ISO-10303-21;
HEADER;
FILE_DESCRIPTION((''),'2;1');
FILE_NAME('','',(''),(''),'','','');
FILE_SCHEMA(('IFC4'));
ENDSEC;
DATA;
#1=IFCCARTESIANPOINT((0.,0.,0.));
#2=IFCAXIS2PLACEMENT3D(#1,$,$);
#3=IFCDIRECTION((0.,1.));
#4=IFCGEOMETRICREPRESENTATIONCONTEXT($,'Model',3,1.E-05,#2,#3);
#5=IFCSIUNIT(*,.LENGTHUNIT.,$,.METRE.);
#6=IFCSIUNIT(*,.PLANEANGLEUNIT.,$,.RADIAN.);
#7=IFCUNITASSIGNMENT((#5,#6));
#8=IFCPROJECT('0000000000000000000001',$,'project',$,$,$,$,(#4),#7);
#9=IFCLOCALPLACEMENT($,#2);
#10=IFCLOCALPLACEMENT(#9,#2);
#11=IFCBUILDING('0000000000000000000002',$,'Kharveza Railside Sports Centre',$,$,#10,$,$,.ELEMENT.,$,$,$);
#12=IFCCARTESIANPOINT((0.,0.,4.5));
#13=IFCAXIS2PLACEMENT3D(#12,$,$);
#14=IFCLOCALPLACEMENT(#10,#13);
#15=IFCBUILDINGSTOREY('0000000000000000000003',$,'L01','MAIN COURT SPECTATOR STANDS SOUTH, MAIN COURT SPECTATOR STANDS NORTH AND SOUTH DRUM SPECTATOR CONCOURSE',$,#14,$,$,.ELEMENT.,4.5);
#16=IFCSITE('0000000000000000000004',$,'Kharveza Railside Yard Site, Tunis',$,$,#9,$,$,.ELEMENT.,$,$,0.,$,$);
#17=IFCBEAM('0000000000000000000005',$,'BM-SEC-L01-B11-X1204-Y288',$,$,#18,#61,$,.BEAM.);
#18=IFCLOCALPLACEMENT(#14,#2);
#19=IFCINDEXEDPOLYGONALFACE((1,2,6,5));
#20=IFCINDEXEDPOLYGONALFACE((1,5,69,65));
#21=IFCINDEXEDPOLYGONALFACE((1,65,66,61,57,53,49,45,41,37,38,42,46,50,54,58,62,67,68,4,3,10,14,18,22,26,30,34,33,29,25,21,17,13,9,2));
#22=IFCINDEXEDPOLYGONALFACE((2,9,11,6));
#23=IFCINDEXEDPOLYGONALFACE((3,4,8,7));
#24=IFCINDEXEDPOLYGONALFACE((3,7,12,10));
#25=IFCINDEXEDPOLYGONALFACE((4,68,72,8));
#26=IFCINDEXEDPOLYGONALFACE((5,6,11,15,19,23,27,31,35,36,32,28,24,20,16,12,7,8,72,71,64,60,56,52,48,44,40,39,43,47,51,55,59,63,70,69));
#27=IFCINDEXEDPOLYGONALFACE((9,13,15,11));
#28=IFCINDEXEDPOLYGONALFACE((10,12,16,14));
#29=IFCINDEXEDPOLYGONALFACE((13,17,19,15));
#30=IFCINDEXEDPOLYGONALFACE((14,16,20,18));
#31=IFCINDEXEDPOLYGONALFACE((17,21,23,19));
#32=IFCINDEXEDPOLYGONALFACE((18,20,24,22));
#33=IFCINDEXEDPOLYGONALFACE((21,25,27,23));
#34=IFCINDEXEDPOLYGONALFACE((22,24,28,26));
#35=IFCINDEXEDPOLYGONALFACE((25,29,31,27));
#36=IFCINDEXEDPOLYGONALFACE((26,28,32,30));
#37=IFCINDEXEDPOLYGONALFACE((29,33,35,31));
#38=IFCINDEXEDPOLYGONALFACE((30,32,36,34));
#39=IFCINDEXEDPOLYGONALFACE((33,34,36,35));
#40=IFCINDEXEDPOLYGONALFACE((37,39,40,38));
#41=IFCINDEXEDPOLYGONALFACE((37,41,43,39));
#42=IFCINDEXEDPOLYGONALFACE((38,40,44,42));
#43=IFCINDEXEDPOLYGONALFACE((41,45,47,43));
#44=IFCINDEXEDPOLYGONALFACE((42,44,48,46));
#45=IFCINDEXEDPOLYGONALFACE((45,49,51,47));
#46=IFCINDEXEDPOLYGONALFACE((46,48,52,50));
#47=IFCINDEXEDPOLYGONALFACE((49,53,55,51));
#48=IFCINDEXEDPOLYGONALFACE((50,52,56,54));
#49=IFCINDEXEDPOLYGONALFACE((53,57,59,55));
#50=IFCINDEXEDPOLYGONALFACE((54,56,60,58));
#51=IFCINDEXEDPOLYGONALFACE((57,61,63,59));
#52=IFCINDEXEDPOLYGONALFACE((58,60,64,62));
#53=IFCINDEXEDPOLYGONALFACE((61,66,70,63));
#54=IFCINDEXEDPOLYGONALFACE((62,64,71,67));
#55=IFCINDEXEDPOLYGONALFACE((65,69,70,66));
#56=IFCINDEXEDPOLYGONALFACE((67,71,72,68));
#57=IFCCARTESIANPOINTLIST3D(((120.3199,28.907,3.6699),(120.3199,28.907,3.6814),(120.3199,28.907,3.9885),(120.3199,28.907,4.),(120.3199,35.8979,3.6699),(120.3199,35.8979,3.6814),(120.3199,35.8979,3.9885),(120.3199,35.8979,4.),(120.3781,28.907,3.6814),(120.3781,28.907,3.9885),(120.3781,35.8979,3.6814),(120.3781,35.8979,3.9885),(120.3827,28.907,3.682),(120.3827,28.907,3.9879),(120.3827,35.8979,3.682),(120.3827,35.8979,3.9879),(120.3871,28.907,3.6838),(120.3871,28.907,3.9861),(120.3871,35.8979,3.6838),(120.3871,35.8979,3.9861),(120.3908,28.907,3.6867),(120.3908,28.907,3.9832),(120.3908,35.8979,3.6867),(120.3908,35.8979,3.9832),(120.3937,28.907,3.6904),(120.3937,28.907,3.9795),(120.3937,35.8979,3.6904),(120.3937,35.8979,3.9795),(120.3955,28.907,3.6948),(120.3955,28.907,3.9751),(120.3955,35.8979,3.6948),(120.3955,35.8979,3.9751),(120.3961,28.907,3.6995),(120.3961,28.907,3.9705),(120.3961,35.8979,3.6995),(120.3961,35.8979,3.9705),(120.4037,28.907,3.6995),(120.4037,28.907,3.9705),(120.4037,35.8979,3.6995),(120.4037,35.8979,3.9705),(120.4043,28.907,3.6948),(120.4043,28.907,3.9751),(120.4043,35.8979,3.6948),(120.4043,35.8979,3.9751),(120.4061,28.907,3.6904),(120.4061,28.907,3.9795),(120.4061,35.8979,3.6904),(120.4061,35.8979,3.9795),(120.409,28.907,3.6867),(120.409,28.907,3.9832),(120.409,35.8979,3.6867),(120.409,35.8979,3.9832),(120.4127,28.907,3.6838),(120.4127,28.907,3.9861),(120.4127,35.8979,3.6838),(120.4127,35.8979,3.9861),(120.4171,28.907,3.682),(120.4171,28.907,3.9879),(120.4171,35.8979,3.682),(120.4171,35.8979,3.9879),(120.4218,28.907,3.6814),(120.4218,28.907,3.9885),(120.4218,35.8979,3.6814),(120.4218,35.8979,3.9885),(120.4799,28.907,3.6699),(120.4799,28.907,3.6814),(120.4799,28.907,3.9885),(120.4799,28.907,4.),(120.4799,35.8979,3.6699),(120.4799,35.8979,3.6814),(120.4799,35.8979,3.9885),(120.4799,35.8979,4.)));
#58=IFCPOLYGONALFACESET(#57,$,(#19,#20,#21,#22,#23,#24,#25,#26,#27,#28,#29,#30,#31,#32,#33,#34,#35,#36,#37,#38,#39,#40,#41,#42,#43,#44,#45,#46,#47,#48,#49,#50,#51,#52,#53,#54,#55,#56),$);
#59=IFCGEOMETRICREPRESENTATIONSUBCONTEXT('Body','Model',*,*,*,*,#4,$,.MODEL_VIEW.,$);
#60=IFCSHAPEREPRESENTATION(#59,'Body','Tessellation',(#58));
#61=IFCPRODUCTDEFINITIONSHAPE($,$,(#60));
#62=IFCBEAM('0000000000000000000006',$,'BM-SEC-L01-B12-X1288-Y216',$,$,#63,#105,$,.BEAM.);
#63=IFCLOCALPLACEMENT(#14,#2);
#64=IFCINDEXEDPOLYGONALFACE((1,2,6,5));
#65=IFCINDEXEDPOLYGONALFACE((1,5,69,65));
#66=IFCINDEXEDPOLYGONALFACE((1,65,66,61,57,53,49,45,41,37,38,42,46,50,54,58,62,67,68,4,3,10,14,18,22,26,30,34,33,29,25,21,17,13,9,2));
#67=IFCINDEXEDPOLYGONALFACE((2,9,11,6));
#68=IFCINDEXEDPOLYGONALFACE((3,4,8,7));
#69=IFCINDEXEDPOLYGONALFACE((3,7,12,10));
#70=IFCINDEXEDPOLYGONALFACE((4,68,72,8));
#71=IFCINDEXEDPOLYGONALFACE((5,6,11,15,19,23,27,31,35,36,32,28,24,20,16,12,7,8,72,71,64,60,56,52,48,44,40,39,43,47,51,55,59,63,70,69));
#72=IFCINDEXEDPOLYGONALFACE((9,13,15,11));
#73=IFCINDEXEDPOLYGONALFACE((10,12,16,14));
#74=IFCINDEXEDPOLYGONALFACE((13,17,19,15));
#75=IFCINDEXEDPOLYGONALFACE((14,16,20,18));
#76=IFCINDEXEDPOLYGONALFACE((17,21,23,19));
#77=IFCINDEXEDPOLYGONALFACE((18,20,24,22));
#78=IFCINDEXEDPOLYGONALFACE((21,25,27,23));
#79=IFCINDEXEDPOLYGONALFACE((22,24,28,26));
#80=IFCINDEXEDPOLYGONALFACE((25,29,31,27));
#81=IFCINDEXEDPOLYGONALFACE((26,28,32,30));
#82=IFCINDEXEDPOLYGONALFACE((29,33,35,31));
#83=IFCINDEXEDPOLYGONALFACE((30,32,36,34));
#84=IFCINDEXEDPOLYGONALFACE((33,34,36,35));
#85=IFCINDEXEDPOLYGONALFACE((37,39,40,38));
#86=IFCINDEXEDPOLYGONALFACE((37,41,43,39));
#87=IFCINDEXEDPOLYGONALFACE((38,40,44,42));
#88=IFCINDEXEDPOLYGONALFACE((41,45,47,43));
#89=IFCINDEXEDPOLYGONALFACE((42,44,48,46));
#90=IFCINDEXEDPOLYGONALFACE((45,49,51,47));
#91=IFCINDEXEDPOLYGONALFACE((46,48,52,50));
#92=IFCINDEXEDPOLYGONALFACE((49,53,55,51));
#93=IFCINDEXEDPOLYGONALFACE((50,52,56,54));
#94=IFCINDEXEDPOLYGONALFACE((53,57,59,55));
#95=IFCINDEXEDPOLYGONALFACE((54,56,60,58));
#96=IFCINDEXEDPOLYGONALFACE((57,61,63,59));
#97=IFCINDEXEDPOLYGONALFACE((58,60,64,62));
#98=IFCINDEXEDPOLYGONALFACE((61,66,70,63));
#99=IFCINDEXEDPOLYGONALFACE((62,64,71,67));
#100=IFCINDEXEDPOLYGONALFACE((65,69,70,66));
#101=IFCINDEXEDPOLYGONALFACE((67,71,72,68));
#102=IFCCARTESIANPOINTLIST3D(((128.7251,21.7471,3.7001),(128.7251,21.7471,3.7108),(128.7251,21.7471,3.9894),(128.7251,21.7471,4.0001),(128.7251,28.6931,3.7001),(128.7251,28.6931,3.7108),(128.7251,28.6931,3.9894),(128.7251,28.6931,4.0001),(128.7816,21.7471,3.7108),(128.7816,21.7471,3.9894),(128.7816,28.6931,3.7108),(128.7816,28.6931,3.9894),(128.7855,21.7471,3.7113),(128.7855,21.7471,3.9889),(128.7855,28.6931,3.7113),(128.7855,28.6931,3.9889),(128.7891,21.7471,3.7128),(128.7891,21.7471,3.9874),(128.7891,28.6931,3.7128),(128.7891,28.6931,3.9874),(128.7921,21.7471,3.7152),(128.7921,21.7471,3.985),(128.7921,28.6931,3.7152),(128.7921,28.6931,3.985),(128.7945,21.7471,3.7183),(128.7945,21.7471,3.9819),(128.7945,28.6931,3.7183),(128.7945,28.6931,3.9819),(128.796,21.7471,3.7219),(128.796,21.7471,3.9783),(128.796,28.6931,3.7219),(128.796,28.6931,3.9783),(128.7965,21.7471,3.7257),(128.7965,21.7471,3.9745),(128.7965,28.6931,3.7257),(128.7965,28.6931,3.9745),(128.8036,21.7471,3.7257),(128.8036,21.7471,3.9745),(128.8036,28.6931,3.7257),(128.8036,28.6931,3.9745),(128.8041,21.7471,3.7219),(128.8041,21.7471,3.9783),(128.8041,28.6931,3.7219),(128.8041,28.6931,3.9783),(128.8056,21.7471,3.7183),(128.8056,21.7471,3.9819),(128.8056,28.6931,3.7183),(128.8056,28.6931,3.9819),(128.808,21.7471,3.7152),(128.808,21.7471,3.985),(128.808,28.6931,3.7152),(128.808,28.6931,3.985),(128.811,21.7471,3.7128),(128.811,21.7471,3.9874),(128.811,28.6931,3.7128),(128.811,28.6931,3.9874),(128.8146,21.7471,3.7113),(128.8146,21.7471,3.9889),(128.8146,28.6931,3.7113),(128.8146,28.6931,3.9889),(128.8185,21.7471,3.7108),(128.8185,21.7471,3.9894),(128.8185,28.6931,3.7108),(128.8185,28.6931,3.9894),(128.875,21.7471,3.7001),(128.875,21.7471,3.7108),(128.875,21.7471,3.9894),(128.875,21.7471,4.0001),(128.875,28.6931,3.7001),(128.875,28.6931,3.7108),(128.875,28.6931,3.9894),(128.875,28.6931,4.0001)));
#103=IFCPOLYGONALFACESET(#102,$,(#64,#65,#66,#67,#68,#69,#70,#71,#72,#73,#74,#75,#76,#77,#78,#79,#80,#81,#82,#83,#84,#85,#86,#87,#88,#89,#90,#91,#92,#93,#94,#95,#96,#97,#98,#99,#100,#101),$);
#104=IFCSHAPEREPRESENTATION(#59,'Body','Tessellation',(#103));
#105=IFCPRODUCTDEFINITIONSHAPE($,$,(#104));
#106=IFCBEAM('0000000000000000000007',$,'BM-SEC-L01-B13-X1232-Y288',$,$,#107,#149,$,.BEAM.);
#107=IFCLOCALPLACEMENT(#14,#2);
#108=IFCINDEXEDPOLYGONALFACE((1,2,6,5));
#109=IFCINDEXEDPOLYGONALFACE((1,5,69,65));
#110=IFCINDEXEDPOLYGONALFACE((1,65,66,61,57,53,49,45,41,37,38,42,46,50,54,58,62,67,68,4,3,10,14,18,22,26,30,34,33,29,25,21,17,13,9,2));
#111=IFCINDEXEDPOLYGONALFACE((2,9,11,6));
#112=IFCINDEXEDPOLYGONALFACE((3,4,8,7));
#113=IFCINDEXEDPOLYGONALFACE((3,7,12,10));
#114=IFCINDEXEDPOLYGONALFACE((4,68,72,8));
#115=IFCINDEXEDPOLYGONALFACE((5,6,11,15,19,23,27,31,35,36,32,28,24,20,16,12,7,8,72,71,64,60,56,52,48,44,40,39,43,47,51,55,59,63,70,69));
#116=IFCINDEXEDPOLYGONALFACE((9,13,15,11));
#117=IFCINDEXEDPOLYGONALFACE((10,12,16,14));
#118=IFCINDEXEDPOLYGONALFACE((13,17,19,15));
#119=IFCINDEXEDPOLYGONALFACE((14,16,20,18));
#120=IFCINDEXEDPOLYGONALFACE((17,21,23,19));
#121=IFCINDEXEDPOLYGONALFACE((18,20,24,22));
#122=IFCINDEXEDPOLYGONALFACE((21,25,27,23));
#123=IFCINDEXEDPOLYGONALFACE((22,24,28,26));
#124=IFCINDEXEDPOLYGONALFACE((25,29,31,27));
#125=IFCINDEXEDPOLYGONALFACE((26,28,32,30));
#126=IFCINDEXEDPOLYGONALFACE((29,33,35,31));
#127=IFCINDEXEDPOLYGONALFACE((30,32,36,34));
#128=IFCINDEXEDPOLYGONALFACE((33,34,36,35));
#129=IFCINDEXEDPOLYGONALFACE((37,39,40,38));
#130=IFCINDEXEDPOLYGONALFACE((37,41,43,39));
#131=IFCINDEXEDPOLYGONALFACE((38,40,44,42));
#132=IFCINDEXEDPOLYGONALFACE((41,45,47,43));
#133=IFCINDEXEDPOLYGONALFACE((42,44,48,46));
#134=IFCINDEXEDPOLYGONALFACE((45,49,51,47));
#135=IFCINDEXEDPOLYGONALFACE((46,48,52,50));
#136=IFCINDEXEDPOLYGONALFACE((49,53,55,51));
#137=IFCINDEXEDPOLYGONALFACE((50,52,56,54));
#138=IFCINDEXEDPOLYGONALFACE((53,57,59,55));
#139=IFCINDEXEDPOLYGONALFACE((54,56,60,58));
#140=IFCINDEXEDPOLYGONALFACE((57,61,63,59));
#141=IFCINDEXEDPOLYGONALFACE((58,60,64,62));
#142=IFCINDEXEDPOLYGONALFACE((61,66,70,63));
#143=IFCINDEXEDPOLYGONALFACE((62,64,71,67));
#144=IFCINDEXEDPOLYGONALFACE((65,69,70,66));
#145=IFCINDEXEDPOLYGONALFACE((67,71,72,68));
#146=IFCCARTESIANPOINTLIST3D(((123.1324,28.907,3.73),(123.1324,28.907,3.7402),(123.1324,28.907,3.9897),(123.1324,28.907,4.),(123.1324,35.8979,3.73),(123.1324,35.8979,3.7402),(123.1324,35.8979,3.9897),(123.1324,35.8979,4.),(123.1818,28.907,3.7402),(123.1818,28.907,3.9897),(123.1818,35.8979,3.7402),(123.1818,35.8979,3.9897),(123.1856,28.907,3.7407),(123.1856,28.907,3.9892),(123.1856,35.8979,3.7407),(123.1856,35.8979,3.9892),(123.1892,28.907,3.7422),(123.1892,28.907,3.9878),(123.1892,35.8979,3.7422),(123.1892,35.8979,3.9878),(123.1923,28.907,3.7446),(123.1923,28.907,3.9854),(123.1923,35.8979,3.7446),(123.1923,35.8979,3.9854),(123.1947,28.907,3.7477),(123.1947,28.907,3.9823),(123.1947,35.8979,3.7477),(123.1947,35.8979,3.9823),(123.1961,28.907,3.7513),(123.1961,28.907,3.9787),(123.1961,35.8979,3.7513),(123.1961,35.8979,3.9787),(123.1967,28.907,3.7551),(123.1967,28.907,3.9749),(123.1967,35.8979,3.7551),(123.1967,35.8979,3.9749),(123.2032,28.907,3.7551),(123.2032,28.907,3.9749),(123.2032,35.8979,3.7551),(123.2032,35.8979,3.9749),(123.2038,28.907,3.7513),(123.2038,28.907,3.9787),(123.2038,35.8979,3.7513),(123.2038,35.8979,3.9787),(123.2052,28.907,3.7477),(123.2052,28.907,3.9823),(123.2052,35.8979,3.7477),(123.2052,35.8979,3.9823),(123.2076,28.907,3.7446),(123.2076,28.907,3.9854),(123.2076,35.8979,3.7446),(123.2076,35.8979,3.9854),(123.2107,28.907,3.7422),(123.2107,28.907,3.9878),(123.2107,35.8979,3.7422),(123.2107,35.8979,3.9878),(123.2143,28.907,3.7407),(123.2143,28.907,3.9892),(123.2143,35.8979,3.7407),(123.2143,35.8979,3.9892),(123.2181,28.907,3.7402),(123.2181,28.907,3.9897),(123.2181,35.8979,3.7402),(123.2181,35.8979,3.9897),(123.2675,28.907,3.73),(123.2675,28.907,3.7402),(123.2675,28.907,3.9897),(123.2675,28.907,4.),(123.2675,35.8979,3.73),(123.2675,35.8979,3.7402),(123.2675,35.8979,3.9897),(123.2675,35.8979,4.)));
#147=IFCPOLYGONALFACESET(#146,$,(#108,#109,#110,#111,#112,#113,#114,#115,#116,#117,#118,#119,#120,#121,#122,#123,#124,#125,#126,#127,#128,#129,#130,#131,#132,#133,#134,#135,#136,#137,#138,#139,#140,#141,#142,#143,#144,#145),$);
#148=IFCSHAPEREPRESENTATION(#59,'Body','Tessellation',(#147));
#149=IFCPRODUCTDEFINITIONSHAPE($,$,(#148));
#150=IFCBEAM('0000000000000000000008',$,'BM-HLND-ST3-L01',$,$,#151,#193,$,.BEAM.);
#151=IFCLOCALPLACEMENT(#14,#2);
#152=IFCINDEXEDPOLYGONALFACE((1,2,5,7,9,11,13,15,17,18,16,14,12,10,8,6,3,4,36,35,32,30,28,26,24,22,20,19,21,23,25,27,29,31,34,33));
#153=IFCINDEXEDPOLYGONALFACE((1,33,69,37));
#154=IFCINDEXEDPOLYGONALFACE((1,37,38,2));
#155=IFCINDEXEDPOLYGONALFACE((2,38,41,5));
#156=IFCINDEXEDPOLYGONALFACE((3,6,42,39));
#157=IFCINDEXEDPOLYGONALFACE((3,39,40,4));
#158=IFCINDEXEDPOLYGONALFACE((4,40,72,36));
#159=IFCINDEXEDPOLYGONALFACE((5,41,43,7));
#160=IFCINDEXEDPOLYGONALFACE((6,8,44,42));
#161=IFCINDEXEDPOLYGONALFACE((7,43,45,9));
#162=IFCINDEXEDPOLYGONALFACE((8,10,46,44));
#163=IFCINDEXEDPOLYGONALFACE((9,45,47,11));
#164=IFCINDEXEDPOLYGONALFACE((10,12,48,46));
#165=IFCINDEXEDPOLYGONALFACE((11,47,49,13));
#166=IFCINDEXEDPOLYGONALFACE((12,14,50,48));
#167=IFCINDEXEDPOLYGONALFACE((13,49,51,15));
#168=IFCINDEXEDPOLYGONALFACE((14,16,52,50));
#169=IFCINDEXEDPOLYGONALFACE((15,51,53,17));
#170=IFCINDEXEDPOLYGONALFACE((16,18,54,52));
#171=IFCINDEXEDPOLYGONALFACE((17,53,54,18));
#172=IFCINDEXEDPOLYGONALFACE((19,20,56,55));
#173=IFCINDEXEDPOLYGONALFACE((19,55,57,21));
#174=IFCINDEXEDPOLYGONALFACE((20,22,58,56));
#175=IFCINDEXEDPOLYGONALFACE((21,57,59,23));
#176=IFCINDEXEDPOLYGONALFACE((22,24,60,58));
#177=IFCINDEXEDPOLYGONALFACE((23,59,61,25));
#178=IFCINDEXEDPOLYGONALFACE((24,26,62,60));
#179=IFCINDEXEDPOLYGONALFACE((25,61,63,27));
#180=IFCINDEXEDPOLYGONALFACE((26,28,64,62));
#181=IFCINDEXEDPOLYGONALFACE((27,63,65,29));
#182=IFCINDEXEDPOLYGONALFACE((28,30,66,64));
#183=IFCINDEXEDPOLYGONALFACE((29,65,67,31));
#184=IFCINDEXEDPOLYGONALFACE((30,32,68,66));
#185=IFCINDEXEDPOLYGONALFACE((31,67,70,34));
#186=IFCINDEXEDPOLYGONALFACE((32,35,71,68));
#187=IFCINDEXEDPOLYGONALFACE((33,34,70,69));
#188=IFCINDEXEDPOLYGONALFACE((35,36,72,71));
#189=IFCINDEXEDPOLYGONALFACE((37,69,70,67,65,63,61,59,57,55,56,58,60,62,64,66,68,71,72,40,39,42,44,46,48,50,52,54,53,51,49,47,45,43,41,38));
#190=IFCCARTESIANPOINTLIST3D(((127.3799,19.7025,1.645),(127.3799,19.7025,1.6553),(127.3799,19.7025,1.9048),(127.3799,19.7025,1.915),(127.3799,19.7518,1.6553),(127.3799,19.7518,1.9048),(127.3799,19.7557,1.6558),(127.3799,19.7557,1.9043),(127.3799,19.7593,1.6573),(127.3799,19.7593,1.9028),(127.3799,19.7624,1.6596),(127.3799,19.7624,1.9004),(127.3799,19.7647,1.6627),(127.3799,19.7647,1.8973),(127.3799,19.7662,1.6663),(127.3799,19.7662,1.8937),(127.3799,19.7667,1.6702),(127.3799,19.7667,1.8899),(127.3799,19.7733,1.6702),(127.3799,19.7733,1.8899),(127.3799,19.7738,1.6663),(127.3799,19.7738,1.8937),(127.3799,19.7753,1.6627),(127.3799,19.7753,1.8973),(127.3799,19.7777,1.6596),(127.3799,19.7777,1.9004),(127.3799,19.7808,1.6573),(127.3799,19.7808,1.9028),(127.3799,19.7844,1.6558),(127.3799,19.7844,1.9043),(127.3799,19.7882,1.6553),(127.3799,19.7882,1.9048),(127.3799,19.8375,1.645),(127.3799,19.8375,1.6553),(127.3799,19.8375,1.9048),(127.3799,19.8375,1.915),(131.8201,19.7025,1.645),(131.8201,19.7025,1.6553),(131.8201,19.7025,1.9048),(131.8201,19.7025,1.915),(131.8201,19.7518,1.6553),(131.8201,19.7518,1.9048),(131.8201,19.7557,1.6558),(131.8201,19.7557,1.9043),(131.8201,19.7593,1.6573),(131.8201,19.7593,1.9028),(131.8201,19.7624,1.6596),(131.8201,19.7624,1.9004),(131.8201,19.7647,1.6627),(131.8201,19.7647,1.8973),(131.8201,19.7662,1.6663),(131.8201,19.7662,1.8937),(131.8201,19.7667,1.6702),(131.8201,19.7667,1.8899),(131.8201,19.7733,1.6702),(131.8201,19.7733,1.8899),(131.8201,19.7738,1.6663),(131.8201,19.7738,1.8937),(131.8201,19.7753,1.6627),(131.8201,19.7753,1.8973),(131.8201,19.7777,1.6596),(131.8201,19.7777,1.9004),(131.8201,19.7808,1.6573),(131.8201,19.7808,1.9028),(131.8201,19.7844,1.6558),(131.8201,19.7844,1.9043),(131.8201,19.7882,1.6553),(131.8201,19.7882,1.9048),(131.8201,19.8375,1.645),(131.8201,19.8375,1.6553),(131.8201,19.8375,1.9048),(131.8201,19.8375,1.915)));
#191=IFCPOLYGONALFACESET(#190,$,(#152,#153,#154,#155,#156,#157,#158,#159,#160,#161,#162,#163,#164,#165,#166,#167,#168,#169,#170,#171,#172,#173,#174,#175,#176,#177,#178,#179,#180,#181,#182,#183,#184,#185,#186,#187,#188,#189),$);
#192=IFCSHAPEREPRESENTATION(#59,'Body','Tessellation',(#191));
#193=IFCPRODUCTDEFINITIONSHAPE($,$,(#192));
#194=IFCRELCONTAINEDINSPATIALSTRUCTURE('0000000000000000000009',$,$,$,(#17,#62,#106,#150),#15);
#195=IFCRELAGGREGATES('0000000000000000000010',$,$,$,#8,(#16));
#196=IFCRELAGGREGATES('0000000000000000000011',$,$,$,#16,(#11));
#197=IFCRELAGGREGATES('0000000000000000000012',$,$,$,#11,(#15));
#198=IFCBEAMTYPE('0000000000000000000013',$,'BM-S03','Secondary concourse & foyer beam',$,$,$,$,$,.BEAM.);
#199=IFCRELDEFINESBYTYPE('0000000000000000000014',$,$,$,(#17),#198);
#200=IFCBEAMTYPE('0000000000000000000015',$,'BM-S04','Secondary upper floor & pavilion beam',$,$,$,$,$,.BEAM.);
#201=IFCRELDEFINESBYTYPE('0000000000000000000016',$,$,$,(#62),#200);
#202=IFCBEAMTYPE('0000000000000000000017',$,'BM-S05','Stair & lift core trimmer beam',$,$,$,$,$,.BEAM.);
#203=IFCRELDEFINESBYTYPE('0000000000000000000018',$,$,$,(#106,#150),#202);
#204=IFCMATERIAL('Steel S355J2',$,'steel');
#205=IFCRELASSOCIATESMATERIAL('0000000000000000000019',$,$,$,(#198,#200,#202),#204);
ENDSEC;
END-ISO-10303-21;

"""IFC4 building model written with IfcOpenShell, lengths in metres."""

from ifc_helpers import new_model, si_unit, direction, frame, origin, origin_2d, place, context, subcontext, project, spatial, i_section, extrude, material, material_profile, profile_set, type_object, element, save


model = new_model("IFC4")

# Units and contexts
model_context = context("Model", 3, precision=1e-05, world=origin(), true_north=direction((0.0, 1.0)))
body_context = subcontext(model_context, "Body", "Model", "MODEL_VIEW")
ifc_project = project(units=[si_unit("LENGTHUNIT", "METRE"), si_unit("PLANEANGLEUNIT", "RADIAN")], contexts=[model_context])

# Site, building, storey
site_placement = place(None, origin())
site = spatial("IfcSite", under=ifc_project, at=site_placement, Name="Kharveza Railside Yard Site, Tunis", CompositionType="ELEMENT", RefElevation=0.0)
building_placement = place(site_placement, origin())
building = spatial("IfcBuilding", under=site, at=building_placement, Name="Kharveza Railside Sports Centre", CompositionType="ELEMENT")
storey_placement = place(building_placement, frame((0.0, 0.0, 4.5)))
storey = spatial("IfcBuildingStorey", under=building, at=storey_placement, Name="L01", Description="MAIN COURT SPECTATOR STANDS SOUTH, MAIN COURT SPECTATOR STANDS NORTH AND SOUTH DRUM SPECTATOR CONCOURSE", CompositionType="ELEMENT", Elevation=4.5)

# Shared definitions
ifc_material_1 = material(Name="Steel S355J2", Category="steel")

# Beams
ifc_material_profile_1 = material_profile(ifc_material_1, i_section(OverallWidth=0.1599, OverallDepth=0.3301, WebThickness=0.0076, FlangeThickness=0.0115, FilletRadius=0.0181, at=origin_2d()), Name="IPE 330")
ifc_profile_set_1 = profile_set([ifc_material_profile_1], Name="Steel S355J2")
beam_type_1 = type_object("IfcBeamType", Name="BM-S03", Description="Secondary concourse & foyer beam", PredefinedType="BEAM", material=ifc_profile_set_1)
beam_1_placement = place(storey_placement, frame((120.3999, 28.907, 3.835), z_axis=(0.0, 1.0, 0.0), x_axis=(-1.0, 0.0, 0.0)))
element("IfcBeam", 1, at=beam_1_placement, inside=storey, type_object=beam_type_1, Name="BM-SEC-L01-B11-X1204-Y288", PredefinedType="BEAM", context=body_context, shape_type="SweptSolid", body=[
    extrude(i_section(OverallWidth=0.1599, OverallDepth=0.3301, WebThickness=0.0076, FlangeThickness=0.0115, FilletRadius=0.0181, at=origin_2d()), origin(), (0.0, 0.0, 1.0), 6.991),
])
ifc_material_profile_2 = material_profile(ifc_material_1, i_section(OverallWidth=0.1499, OverallDepth=0.3, WebThickness=0.0071, FlangeThickness=0.0107, FilletRadius=0.0149, at=origin_2d()), Name="IPE 300")
ifc_profile_set_2 = profile_set([ifc_material_profile_2], Name="Steel S355J2")
beam_type_2 = type_object("IfcBeamType", Name="BM-S04", Description="Secondary upper floor & pavilion beam", PredefinedType="BEAM", material=ifc_profile_set_2)
beam_2_placement = place(storey_placement, frame((128.8, 21.7471, 3.8501), z_axis=(0.0, 1.0, 0.0), x_axis=(-1.0, 0.0, 0.0)))
element("IfcBeam", 2, at=beam_2_placement, inside=storey, type_object=beam_type_2, Name="BM-SEC-L01-B12-X1288-Y216", PredefinedType="BEAM", context=body_context, shape_type="SweptSolid", body=[
    extrude(i_section(OverallWidth=0.1499, OverallDepth=0.3, WebThickness=0.0071, FlangeThickness=0.0107, FilletRadius=0.0149, at=origin_2d()), origin(), (0.0, 0.0, 1.0), 6.946),
])
ifc_material_profile_3 = material_profile(ifc_material_1, i_section(OverallWidth=0.135, OverallDepth=0.27, WebThickness=0.0066, FlangeThickness=0.0103, FilletRadius=0.0149, at=origin_2d()), Name="IPE 270")
ifc_profile_set_3 = profile_set([ifc_material_profile_3], Name="Steel S355J2")
beam_type_3 = type_object("IfcBeamType", Name="BM-S05", Description="Stair & lift core trimmer beam", PredefinedType="BEAM", material=ifc_profile_set_3)
beam_3_placement = place(storey_placement, frame((123.2, 28.907, 3.865), z_axis=(0.0, 1.0, 0.0), x_axis=(-1.0, 0.0, 0.0)))
element("IfcBeam", 3, at=beam_3_placement, inside=storey, type_object=beam_type_3, Name="BM-SEC-L01-B13-X1232-Y288", PredefinedType="BEAM", context=body_context, shape_type="SweptSolid", body=[
    extrude(i_section(OverallWidth=0.135, OverallDepth=0.27, WebThickness=0.0066, FlangeThickness=0.0103, FilletRadius=0.0149, at=origin_2d()), origin(), (0.0, 0.0, 1.0), 6.991),
])
beam_4_placement = place(storey_placement, frame((127.3799, 19.77, 1.78), z_axis=(1.0, 0.0, 0.0), x_axis=(0.0, 1.0, 0.0)))
element("IfcBeam", 4, at=beam_4_placement, inside=storey, type_object=beam_type_3, Name="BM-HLND-ST3-L01", PredefinedType="BEAM", context=body_context, shape_type="SweptSolid", body=[
    extrude(i_section(OverallWidth=0.135, OverallDepth=0.27, WebThickness=0.0066, FlangeThickness=0.0103, FilletRadius=0.0149, at=origin_2d()), origin(), (0.0, 0.0, 1.0), 4.4402),
])

save(model, "model.ifc")
